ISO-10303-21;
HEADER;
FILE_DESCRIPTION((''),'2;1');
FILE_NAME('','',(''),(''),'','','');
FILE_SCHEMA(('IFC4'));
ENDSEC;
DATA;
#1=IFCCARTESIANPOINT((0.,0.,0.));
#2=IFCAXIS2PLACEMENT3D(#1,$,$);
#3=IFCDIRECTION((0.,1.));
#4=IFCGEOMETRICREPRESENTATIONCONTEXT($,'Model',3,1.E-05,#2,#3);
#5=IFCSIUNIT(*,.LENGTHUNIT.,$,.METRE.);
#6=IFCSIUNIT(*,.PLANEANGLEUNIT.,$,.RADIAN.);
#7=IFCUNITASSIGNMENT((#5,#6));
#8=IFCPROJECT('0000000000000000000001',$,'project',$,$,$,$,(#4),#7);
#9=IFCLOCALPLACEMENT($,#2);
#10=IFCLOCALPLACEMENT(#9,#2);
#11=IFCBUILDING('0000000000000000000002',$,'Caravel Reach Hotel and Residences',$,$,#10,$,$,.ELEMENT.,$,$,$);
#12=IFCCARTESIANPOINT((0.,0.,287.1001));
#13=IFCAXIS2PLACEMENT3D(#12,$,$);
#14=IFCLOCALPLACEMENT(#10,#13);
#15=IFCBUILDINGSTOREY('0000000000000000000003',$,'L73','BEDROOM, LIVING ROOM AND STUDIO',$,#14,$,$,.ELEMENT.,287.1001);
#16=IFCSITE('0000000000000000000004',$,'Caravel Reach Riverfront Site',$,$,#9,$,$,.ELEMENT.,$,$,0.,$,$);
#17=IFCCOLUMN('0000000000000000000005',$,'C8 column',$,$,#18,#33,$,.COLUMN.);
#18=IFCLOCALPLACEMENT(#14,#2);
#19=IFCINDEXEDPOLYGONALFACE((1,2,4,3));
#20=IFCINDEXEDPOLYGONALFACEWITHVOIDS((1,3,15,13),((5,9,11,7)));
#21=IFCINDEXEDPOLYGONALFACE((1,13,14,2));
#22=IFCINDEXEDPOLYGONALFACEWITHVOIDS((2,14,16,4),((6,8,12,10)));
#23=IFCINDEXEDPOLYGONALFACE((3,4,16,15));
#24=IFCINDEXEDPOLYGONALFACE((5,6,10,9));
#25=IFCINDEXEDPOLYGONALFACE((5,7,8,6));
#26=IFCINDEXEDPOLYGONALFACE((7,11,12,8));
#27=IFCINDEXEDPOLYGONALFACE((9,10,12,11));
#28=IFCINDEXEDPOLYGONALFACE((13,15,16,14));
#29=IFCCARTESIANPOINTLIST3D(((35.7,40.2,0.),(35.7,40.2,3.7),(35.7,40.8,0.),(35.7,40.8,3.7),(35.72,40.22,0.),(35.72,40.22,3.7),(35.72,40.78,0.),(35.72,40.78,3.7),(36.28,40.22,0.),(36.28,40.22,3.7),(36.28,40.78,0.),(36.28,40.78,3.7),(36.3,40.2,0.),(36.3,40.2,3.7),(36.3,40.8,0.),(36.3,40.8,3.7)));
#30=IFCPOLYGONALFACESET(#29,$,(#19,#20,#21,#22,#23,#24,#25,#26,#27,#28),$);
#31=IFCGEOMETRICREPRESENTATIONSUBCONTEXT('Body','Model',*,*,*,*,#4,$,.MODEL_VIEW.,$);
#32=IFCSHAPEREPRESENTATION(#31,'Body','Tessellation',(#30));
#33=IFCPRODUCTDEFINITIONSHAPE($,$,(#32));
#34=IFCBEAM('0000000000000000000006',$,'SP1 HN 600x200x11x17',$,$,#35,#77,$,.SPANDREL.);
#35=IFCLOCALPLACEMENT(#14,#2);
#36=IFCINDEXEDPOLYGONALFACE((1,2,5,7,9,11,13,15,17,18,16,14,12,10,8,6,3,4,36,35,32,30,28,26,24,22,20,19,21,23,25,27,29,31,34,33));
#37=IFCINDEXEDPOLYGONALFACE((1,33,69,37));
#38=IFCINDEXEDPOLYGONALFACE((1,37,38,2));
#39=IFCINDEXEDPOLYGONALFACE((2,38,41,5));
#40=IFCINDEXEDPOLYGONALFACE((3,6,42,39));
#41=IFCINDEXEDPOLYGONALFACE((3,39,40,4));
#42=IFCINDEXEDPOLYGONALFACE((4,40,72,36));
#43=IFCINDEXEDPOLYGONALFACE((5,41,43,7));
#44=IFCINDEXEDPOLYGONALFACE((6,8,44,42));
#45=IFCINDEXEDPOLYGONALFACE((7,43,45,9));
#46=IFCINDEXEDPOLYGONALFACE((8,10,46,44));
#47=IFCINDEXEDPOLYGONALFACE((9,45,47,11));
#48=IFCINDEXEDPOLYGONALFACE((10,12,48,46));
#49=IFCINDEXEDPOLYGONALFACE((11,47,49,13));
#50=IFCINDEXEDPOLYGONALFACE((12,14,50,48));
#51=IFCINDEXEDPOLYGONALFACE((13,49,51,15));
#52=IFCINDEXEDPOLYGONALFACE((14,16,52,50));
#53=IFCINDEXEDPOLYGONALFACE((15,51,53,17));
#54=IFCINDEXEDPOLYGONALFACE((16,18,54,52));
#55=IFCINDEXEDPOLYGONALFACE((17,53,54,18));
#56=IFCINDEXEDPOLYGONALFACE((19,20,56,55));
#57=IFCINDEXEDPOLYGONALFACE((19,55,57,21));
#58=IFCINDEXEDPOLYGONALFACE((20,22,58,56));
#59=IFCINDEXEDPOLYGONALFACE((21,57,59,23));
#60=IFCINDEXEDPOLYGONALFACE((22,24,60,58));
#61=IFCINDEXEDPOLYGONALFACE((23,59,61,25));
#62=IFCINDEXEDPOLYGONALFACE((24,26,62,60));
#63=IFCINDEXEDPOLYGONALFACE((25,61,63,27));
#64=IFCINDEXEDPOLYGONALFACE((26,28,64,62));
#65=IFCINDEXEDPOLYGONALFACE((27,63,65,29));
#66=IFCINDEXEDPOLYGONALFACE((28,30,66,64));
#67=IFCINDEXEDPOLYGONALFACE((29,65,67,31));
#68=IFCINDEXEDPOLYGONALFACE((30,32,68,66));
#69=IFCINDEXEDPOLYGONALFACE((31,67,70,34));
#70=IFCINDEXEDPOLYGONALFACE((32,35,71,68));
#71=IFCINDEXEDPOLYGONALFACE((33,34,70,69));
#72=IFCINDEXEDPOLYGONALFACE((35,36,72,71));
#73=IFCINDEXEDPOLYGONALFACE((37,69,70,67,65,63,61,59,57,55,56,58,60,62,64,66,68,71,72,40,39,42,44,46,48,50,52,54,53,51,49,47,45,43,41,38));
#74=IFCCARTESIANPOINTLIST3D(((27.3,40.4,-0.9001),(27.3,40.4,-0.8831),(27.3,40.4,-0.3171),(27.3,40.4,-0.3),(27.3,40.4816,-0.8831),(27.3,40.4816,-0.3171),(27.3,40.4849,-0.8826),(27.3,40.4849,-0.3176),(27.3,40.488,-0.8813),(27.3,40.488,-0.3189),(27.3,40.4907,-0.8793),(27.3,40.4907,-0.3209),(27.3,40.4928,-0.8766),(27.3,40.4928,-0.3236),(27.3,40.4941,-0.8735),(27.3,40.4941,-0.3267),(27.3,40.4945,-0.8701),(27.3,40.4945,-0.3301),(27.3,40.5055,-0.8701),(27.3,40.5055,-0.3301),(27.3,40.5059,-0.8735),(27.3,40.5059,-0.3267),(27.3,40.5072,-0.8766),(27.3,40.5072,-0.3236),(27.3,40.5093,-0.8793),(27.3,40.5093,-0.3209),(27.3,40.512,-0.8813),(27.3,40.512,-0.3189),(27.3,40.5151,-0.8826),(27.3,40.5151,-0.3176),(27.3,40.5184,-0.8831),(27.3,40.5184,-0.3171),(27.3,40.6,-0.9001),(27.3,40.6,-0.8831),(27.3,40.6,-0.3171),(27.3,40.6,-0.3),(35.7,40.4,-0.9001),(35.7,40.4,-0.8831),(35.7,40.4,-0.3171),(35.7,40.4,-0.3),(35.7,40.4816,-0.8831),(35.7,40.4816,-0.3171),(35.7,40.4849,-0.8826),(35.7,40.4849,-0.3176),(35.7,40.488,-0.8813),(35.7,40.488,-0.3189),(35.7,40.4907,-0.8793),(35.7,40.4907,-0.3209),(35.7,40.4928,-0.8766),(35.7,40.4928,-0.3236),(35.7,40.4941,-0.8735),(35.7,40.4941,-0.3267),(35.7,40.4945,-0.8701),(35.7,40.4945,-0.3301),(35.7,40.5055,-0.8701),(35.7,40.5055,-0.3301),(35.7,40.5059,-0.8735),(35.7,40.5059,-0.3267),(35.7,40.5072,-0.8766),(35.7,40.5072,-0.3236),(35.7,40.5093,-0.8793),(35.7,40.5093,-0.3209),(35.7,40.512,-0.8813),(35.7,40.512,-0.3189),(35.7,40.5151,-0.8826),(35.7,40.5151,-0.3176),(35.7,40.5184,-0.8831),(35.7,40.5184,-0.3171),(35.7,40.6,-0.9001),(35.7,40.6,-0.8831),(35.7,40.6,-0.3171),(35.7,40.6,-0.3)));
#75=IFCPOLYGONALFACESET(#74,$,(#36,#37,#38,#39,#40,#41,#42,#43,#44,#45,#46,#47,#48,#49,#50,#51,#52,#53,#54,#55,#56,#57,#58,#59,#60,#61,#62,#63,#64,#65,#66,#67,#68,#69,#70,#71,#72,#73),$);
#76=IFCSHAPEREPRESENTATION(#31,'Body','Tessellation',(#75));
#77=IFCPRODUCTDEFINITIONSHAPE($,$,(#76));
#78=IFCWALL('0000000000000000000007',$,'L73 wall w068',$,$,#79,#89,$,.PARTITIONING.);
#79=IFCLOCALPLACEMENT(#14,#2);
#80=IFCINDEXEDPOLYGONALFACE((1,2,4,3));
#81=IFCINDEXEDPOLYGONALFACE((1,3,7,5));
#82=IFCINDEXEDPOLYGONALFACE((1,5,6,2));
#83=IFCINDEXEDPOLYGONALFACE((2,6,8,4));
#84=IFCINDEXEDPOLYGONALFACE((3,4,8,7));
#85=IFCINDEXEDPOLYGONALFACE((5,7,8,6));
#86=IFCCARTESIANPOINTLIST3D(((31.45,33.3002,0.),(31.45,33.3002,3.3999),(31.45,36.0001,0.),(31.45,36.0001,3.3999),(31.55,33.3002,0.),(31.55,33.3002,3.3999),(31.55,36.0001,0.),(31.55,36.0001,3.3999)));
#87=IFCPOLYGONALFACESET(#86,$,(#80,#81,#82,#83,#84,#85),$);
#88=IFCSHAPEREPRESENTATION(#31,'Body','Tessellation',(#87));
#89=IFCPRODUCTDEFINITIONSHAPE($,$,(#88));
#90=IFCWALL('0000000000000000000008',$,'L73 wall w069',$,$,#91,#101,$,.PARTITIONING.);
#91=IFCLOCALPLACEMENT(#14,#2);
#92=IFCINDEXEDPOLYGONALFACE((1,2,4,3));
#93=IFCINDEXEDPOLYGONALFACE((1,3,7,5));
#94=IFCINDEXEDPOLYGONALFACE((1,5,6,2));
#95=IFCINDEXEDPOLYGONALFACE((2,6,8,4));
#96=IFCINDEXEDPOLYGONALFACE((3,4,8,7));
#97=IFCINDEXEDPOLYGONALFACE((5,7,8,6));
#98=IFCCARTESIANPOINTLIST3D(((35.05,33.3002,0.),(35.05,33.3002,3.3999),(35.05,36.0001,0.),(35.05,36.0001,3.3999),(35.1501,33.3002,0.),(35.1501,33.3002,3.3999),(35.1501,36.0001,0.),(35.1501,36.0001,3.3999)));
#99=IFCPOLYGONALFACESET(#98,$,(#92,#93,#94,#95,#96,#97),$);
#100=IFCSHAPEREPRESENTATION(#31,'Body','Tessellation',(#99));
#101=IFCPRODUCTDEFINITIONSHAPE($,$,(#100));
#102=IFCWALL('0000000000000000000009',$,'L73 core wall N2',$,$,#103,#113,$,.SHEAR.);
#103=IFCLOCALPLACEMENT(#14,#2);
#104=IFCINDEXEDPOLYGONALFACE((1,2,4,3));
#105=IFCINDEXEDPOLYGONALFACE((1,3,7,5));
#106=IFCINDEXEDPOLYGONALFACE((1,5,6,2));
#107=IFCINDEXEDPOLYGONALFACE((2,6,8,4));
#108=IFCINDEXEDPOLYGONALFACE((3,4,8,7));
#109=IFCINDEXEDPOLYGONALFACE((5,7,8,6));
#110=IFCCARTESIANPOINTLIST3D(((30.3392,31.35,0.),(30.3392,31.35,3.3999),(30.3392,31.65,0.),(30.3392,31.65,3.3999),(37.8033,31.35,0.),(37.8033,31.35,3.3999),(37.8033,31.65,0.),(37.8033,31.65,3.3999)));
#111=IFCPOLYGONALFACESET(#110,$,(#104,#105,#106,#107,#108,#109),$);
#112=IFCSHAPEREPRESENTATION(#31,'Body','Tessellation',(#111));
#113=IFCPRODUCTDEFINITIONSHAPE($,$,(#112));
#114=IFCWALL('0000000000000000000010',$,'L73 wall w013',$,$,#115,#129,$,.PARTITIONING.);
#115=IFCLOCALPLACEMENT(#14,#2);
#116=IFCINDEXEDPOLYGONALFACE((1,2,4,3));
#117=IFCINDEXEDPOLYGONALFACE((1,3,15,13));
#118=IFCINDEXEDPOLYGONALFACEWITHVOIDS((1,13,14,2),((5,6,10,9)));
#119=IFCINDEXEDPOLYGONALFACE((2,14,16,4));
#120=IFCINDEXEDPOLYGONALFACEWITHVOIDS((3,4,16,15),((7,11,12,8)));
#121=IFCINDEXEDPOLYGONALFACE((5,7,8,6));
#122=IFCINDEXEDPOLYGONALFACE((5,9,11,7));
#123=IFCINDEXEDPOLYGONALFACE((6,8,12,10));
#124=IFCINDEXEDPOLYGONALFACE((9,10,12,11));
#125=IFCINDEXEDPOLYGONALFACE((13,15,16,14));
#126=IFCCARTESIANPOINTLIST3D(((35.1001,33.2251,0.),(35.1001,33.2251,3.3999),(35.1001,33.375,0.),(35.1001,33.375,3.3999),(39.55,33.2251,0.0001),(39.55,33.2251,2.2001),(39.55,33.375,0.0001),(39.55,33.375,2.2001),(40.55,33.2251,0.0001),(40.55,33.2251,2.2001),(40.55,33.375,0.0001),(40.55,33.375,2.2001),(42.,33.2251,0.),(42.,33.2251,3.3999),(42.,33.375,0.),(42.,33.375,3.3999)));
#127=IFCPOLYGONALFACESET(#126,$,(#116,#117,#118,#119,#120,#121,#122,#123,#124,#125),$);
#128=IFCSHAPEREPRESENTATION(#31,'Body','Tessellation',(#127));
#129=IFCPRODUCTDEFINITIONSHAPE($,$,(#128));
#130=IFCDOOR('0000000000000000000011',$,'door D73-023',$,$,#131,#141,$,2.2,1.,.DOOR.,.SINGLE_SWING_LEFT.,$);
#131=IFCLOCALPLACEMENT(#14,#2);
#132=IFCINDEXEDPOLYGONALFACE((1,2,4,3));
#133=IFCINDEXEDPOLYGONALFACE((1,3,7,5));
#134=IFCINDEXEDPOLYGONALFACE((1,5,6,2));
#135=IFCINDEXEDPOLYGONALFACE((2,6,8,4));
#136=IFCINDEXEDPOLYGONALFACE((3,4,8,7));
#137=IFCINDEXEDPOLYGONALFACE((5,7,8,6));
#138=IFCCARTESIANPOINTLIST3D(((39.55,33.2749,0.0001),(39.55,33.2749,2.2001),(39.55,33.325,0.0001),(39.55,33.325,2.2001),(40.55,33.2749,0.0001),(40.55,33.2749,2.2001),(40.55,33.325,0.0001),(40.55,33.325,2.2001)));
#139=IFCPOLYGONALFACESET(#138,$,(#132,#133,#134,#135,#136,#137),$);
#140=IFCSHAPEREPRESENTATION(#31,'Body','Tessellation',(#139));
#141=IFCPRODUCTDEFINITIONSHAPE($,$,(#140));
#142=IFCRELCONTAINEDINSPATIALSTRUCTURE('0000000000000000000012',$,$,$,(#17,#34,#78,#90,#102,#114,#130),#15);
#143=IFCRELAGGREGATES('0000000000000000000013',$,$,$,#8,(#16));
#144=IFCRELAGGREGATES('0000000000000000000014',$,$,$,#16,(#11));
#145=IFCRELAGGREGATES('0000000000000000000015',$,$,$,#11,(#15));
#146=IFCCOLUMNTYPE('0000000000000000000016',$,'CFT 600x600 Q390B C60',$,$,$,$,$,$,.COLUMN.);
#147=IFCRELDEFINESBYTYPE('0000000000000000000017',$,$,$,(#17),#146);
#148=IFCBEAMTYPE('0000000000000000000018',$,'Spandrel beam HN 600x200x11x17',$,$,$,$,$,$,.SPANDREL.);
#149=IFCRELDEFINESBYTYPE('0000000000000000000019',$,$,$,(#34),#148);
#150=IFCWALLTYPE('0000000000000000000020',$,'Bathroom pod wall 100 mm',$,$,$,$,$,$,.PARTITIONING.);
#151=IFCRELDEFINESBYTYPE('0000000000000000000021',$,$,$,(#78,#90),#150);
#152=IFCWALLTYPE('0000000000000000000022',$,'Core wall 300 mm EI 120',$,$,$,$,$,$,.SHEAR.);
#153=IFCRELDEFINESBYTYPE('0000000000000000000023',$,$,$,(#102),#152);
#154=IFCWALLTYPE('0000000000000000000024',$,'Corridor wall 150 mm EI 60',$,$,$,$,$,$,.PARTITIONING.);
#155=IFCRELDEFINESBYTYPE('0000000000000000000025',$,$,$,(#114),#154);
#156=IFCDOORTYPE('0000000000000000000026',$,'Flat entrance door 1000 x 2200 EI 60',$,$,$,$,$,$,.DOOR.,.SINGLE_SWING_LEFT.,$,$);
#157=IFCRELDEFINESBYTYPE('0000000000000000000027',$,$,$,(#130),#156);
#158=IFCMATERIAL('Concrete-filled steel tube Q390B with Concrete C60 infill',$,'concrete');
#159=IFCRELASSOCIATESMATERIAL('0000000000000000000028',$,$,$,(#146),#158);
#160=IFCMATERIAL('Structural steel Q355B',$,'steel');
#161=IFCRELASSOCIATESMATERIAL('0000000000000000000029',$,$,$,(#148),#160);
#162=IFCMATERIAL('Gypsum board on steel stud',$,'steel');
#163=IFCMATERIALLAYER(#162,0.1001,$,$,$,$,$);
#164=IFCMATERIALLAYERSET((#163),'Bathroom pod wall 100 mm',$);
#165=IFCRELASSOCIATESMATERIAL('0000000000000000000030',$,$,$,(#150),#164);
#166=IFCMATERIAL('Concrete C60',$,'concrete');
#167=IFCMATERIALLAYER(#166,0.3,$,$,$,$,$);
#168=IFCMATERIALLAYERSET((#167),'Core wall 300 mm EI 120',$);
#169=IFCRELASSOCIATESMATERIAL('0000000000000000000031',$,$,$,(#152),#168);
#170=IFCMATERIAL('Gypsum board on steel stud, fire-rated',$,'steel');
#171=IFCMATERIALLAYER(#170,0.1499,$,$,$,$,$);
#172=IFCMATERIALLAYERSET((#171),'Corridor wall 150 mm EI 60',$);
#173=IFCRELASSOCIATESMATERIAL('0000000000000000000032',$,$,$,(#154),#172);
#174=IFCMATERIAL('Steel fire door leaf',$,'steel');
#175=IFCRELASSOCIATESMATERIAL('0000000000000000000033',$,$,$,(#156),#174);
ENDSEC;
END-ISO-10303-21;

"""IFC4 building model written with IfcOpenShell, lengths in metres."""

from ifc_helpers import new_model, si_unit, direction, frame, frame_2d, origin, origin_2d, place, context, subcontext, project, spatial, rectangle, hollow_rectangle, i_section, extrude, material, layer, layer_set, material_profile, profile_set, type_object, element, fill, save


model = new_model("IFC4")

# Units and contexts
model_context = context("Model", 3, precision=1e-05, world=origin(), true_north=direction((0.0, 1.0)))
body_context = subcontext(model_context, "Body", "Model", "MODEL_VIEW")
ifc_project = project(units=[si_unit("LENGTHUNIT", "METRE"), si_unit("PLANEANGLEUNIT", "RADIAN")], contexts=[model_context])

# Site, building, storey
site_placement = place(None, origin())
site = spatial("IfcSite", under=ifc_project, at=site_placement, Name="Caravel Reach Riverfront Site", CompositionType="ELEMENT", RefElevation=0.0)
building_placement = place(site_placement, origin())
building = spatial("IfcBuilding", under=site, at=building_placement, Name="Caravel Reach Hotel and Residences", CompositionType="ELEMENT")
storey_placement = place(building_placement, frame((0.0, 0.0, 287.1001)))
storey = spatial("IfcBuildingStorey", under=building, at=storey_placement, Name="L73", Description="BEDROOM, LIVING ROOM AND STUDIO", CompositionType="ELEMENT", Elevation=287.1001)

# Column
ifc_material_1 = material(Name="Concrete-filled steel tube Q390B with Concrete C60 infill", Category="concrete")
ifc_material_profile_1 = material_profile(ifc_material_1, hollow_rectangle(XDim=0.6001, YDim=0.6001, WallThickness=0.02, at=origin_2d()), Name="RHS 600x600x20")
ifc_profile_set_1 = profile_set([ifc_material_profile_1], Name="Concrete-filled steel tube Q390B with Concrete C60 infill")
column_type = type_object("IfcColumnType", Name="CFT 600x600 Q390B C60", PredefinedType="COLUMN", material=ifc_profile_set_1)
column_placement = place(storey_placement, frame((36.0, 40.5, 0.0), z_axis=(0.0, 0.0, 1.0), x_axis=(1.0, 0.0, 0.0)))
element("IfcColumn", 1, at=column_placement, inside=storey, type_object=column_type, Name="C8 column", PredefinedType="COLUMN", context=body_context, shape_type="SweptSolid", body=[
    extrude(hollow_rectangle(XDim=0.6001, YDim=0.6001, WallThickness=0.02, at=origin_2d()), origin(), (0.0, 0.0, 1.0), 3.7),
])

# Beam
ifc_material_2 = material(Name="Structural steel Q355B", Category="steel")
ifc_material_profile_2 = material_profile(ifc_material_2, i_section(OverallWidth=0.2, OverallDepth=0.6001, WebThickness=0.011, FlangeThickness=0.0171, FilletRadius=0.0129, at=origin_2d()), Name="HN 600x200x11x17")
ifc_profile_set_2 = profile_set([ifc_material_profile_2], Name="Structural steel Q355B")
beam_type = type_object("IfcBeamType", Name="Spandrel beam HN 600x200x11x17", PredefinedType="SPANDREL", material=ifc_profile_set_2)
beam_placement = place(storey_placement, frame((35.7, 40.5, -0.6001), z_axis=(-1.0, 0.0, 0.0), x_axis=(0.0, -1.0, 0.0)))
element("IfcBeam", 2, at=beam_placement, inside=storey, type_object=beam_type, Name="SP1 HN 600x200x11x17", PredefinedType="SPANDREL", context=body_context, shape_type="SweptSolid", body=[
    extrude(i_section(OverallWidth=0.2, OverallDepth=0.6001, WebThickness=0.011, FlangeThickness=0.0171, FilletRadius=0.0129, at=origin_2d()), origin(), (0.0, 0.0, 1.0), 8.3999),
])

# Walls
ifc_material_3 = material(Name="Gypsum board on steel stud", Category="steel")
ifc_layer_1 = layer(ifc_material_3, 0.1001)
ifc_layer_set_1 = layer_set([ifc_layer_1], Name="Bathroom pod wall 100 mm")
wall_type_1 = type_object("IfcWallType", Name="Bathroom pod wall 100 mm", PredefinedType="PARTITIONING", material=ifc_layer_set_1)
for number, where, z_axis, x_axis, name in (
    (3, (31.5, 33.3, 0.0), (0.0, 0.0, 1.0), (0.0, 1.0, 0.0), "L73 wall w068"),
    (4, (35.1001, 33.3, 0.0), (0.0, 0.0, 1.0), (0.0, 1.0, 0.0), "L73 wall w069"),
):
    element("IfcWall", number, at=place(storey_placement, frame(where, z_axis=z_axis, x_axis=x_axis)), inside=storey, type_object=wall_type_1, Name=name, PredefinedType="PARTITIONING", context=body_context, shape_type="SweptSolid", body=[
        extrude(rectangle(XDim=2.7, YDim=0.1001, at=frame_2d((1.3501, 0.0))), origin(), (0.0, 0.0, 1.0), 3.3999),
    ])
ifc_material_4 = material(Name="Concrete C60", Category="concrete")
ifc_layer_2 = layer(ifc_material_4, 0.3)
ifc_layer_set_2 = layer_set([ifc_layer_2], Name="Core wall 300 mm EI 120")
wall_type_2 = type_object("IfcWallType", Name="Core wall 300 mm EI 120", PredefinedType="SHEAR", material=ifc_layer_set_2)
wall_1_placement = place(storey_placement, frame((30.3394, 31.5, 0.0), z_axis=(0.0, 0.0, 1.0), x_axis=(1.0, 0.0, 0.0)))
element("IfcWall", 5, at=wall_1_placement, inside=storey, type_object=wall_type_2, Name="L73 core wall N2", PredefinedType="SHEAR", context=body_context, shape_type="SweptSolid", body=[
    extrude(rectangle(XDim=7.4641, YDim=0.3, at=frame_2d((3.7319, 0.0))), origin(), (0.0, 0.0, 1.0), 3.3999),
])

# Wall, opening, door
ifc_material_5 = material(Name="Gypsum board on steel stud, fire-rated", Category="steel")
ifc_layer_3 = layer(ifc_material_5, 0.1499)
ifc_layer_set_3 = layer_set([ifc_layer_3], Name="Corridor wall 150 mm EI 60")
wall_type_3 = type_object("IfcWallType", Name="Corridor wall 150 mm EI 60", PredefinedType="PARTITIONING", material=ifc_layer_set_3)
wall_2_placement = place(storey_placement, frame((35.1001, 33.3, 0.0), z_axis=(0.0, 0.0, 1.0), x_axis=(1.0, 0.0, 0.0)))
wall_2 = element("IfcWall", 6, at=wall_2_placement, inside=storey, type_object=wall_type_3, Name="L73 wall w013", PredefinedType="PARTITIONING", context=body_context, shape_type="SweptSolid", body=[
    extrude(rectangle(XDim=6.8999, YDim=0.1499, at=frame_2d((3.45, 0.0))), origin(), (0.0, 0.0, 1.0), 3.3999),
])
opening_1_placement = place(wall_2_placement, frame((4.45, 0.0, 0.0)))
opening_1 = element("IfcOpeningElement", 7, at=opening_1_placement, cuts=wall_2, PredefinedType="OPENING", context=body_context, shape_type="SweptSolid", body=[
    extrude(rectangle(XDim=1.0, YDim=2.2, at=frame_2d((0.5, 1.1001))), frame((0.0, 0.085, 0.0), z_axis=(0.0, -1.0, 0.0), x_axis=(1.0, 0.0, 0.0)), (0.0, 0.0, 1.0), 0.1699),
])
ifc_material_6 = material(Name="Steel fire door leaf", Category="steel")
door_type_1 = type_object("IfcDoorType", Name="Flat entrance door 1000 x 2200 EI 60", OperationType="SINGLE_SWING_LEFT", PredefinedType="DOOR", material=ifc_material_6)
door_1_placement = place(opening_1_placement, origin())
door_1 = element("IfcDoor", 8, at=door_1_placement, inside=storey, type_object=door_type_1, Name="door D73-023", OperationType="SINGLE_SWING_LEFT", OverallHeight=2.2, OverallWidth=1.0, PredefinedType="DOOR", context=body_context, shape_type="SweptSolid", body=[
    extrude(rectangle(XDim=1.0, YDim=2.2, at=frame_2d((0.5, 1.1001))), frame((0.0, 0.0249, 0.0), z_axis=(0.0, -1.0, 0.0), x_axis=(1.0, 0.0, 0.0)), (0.0, 0.0, 1.0), 0.05),
])
fill(opening_1, door_1)

save(model, "model.ifc")
